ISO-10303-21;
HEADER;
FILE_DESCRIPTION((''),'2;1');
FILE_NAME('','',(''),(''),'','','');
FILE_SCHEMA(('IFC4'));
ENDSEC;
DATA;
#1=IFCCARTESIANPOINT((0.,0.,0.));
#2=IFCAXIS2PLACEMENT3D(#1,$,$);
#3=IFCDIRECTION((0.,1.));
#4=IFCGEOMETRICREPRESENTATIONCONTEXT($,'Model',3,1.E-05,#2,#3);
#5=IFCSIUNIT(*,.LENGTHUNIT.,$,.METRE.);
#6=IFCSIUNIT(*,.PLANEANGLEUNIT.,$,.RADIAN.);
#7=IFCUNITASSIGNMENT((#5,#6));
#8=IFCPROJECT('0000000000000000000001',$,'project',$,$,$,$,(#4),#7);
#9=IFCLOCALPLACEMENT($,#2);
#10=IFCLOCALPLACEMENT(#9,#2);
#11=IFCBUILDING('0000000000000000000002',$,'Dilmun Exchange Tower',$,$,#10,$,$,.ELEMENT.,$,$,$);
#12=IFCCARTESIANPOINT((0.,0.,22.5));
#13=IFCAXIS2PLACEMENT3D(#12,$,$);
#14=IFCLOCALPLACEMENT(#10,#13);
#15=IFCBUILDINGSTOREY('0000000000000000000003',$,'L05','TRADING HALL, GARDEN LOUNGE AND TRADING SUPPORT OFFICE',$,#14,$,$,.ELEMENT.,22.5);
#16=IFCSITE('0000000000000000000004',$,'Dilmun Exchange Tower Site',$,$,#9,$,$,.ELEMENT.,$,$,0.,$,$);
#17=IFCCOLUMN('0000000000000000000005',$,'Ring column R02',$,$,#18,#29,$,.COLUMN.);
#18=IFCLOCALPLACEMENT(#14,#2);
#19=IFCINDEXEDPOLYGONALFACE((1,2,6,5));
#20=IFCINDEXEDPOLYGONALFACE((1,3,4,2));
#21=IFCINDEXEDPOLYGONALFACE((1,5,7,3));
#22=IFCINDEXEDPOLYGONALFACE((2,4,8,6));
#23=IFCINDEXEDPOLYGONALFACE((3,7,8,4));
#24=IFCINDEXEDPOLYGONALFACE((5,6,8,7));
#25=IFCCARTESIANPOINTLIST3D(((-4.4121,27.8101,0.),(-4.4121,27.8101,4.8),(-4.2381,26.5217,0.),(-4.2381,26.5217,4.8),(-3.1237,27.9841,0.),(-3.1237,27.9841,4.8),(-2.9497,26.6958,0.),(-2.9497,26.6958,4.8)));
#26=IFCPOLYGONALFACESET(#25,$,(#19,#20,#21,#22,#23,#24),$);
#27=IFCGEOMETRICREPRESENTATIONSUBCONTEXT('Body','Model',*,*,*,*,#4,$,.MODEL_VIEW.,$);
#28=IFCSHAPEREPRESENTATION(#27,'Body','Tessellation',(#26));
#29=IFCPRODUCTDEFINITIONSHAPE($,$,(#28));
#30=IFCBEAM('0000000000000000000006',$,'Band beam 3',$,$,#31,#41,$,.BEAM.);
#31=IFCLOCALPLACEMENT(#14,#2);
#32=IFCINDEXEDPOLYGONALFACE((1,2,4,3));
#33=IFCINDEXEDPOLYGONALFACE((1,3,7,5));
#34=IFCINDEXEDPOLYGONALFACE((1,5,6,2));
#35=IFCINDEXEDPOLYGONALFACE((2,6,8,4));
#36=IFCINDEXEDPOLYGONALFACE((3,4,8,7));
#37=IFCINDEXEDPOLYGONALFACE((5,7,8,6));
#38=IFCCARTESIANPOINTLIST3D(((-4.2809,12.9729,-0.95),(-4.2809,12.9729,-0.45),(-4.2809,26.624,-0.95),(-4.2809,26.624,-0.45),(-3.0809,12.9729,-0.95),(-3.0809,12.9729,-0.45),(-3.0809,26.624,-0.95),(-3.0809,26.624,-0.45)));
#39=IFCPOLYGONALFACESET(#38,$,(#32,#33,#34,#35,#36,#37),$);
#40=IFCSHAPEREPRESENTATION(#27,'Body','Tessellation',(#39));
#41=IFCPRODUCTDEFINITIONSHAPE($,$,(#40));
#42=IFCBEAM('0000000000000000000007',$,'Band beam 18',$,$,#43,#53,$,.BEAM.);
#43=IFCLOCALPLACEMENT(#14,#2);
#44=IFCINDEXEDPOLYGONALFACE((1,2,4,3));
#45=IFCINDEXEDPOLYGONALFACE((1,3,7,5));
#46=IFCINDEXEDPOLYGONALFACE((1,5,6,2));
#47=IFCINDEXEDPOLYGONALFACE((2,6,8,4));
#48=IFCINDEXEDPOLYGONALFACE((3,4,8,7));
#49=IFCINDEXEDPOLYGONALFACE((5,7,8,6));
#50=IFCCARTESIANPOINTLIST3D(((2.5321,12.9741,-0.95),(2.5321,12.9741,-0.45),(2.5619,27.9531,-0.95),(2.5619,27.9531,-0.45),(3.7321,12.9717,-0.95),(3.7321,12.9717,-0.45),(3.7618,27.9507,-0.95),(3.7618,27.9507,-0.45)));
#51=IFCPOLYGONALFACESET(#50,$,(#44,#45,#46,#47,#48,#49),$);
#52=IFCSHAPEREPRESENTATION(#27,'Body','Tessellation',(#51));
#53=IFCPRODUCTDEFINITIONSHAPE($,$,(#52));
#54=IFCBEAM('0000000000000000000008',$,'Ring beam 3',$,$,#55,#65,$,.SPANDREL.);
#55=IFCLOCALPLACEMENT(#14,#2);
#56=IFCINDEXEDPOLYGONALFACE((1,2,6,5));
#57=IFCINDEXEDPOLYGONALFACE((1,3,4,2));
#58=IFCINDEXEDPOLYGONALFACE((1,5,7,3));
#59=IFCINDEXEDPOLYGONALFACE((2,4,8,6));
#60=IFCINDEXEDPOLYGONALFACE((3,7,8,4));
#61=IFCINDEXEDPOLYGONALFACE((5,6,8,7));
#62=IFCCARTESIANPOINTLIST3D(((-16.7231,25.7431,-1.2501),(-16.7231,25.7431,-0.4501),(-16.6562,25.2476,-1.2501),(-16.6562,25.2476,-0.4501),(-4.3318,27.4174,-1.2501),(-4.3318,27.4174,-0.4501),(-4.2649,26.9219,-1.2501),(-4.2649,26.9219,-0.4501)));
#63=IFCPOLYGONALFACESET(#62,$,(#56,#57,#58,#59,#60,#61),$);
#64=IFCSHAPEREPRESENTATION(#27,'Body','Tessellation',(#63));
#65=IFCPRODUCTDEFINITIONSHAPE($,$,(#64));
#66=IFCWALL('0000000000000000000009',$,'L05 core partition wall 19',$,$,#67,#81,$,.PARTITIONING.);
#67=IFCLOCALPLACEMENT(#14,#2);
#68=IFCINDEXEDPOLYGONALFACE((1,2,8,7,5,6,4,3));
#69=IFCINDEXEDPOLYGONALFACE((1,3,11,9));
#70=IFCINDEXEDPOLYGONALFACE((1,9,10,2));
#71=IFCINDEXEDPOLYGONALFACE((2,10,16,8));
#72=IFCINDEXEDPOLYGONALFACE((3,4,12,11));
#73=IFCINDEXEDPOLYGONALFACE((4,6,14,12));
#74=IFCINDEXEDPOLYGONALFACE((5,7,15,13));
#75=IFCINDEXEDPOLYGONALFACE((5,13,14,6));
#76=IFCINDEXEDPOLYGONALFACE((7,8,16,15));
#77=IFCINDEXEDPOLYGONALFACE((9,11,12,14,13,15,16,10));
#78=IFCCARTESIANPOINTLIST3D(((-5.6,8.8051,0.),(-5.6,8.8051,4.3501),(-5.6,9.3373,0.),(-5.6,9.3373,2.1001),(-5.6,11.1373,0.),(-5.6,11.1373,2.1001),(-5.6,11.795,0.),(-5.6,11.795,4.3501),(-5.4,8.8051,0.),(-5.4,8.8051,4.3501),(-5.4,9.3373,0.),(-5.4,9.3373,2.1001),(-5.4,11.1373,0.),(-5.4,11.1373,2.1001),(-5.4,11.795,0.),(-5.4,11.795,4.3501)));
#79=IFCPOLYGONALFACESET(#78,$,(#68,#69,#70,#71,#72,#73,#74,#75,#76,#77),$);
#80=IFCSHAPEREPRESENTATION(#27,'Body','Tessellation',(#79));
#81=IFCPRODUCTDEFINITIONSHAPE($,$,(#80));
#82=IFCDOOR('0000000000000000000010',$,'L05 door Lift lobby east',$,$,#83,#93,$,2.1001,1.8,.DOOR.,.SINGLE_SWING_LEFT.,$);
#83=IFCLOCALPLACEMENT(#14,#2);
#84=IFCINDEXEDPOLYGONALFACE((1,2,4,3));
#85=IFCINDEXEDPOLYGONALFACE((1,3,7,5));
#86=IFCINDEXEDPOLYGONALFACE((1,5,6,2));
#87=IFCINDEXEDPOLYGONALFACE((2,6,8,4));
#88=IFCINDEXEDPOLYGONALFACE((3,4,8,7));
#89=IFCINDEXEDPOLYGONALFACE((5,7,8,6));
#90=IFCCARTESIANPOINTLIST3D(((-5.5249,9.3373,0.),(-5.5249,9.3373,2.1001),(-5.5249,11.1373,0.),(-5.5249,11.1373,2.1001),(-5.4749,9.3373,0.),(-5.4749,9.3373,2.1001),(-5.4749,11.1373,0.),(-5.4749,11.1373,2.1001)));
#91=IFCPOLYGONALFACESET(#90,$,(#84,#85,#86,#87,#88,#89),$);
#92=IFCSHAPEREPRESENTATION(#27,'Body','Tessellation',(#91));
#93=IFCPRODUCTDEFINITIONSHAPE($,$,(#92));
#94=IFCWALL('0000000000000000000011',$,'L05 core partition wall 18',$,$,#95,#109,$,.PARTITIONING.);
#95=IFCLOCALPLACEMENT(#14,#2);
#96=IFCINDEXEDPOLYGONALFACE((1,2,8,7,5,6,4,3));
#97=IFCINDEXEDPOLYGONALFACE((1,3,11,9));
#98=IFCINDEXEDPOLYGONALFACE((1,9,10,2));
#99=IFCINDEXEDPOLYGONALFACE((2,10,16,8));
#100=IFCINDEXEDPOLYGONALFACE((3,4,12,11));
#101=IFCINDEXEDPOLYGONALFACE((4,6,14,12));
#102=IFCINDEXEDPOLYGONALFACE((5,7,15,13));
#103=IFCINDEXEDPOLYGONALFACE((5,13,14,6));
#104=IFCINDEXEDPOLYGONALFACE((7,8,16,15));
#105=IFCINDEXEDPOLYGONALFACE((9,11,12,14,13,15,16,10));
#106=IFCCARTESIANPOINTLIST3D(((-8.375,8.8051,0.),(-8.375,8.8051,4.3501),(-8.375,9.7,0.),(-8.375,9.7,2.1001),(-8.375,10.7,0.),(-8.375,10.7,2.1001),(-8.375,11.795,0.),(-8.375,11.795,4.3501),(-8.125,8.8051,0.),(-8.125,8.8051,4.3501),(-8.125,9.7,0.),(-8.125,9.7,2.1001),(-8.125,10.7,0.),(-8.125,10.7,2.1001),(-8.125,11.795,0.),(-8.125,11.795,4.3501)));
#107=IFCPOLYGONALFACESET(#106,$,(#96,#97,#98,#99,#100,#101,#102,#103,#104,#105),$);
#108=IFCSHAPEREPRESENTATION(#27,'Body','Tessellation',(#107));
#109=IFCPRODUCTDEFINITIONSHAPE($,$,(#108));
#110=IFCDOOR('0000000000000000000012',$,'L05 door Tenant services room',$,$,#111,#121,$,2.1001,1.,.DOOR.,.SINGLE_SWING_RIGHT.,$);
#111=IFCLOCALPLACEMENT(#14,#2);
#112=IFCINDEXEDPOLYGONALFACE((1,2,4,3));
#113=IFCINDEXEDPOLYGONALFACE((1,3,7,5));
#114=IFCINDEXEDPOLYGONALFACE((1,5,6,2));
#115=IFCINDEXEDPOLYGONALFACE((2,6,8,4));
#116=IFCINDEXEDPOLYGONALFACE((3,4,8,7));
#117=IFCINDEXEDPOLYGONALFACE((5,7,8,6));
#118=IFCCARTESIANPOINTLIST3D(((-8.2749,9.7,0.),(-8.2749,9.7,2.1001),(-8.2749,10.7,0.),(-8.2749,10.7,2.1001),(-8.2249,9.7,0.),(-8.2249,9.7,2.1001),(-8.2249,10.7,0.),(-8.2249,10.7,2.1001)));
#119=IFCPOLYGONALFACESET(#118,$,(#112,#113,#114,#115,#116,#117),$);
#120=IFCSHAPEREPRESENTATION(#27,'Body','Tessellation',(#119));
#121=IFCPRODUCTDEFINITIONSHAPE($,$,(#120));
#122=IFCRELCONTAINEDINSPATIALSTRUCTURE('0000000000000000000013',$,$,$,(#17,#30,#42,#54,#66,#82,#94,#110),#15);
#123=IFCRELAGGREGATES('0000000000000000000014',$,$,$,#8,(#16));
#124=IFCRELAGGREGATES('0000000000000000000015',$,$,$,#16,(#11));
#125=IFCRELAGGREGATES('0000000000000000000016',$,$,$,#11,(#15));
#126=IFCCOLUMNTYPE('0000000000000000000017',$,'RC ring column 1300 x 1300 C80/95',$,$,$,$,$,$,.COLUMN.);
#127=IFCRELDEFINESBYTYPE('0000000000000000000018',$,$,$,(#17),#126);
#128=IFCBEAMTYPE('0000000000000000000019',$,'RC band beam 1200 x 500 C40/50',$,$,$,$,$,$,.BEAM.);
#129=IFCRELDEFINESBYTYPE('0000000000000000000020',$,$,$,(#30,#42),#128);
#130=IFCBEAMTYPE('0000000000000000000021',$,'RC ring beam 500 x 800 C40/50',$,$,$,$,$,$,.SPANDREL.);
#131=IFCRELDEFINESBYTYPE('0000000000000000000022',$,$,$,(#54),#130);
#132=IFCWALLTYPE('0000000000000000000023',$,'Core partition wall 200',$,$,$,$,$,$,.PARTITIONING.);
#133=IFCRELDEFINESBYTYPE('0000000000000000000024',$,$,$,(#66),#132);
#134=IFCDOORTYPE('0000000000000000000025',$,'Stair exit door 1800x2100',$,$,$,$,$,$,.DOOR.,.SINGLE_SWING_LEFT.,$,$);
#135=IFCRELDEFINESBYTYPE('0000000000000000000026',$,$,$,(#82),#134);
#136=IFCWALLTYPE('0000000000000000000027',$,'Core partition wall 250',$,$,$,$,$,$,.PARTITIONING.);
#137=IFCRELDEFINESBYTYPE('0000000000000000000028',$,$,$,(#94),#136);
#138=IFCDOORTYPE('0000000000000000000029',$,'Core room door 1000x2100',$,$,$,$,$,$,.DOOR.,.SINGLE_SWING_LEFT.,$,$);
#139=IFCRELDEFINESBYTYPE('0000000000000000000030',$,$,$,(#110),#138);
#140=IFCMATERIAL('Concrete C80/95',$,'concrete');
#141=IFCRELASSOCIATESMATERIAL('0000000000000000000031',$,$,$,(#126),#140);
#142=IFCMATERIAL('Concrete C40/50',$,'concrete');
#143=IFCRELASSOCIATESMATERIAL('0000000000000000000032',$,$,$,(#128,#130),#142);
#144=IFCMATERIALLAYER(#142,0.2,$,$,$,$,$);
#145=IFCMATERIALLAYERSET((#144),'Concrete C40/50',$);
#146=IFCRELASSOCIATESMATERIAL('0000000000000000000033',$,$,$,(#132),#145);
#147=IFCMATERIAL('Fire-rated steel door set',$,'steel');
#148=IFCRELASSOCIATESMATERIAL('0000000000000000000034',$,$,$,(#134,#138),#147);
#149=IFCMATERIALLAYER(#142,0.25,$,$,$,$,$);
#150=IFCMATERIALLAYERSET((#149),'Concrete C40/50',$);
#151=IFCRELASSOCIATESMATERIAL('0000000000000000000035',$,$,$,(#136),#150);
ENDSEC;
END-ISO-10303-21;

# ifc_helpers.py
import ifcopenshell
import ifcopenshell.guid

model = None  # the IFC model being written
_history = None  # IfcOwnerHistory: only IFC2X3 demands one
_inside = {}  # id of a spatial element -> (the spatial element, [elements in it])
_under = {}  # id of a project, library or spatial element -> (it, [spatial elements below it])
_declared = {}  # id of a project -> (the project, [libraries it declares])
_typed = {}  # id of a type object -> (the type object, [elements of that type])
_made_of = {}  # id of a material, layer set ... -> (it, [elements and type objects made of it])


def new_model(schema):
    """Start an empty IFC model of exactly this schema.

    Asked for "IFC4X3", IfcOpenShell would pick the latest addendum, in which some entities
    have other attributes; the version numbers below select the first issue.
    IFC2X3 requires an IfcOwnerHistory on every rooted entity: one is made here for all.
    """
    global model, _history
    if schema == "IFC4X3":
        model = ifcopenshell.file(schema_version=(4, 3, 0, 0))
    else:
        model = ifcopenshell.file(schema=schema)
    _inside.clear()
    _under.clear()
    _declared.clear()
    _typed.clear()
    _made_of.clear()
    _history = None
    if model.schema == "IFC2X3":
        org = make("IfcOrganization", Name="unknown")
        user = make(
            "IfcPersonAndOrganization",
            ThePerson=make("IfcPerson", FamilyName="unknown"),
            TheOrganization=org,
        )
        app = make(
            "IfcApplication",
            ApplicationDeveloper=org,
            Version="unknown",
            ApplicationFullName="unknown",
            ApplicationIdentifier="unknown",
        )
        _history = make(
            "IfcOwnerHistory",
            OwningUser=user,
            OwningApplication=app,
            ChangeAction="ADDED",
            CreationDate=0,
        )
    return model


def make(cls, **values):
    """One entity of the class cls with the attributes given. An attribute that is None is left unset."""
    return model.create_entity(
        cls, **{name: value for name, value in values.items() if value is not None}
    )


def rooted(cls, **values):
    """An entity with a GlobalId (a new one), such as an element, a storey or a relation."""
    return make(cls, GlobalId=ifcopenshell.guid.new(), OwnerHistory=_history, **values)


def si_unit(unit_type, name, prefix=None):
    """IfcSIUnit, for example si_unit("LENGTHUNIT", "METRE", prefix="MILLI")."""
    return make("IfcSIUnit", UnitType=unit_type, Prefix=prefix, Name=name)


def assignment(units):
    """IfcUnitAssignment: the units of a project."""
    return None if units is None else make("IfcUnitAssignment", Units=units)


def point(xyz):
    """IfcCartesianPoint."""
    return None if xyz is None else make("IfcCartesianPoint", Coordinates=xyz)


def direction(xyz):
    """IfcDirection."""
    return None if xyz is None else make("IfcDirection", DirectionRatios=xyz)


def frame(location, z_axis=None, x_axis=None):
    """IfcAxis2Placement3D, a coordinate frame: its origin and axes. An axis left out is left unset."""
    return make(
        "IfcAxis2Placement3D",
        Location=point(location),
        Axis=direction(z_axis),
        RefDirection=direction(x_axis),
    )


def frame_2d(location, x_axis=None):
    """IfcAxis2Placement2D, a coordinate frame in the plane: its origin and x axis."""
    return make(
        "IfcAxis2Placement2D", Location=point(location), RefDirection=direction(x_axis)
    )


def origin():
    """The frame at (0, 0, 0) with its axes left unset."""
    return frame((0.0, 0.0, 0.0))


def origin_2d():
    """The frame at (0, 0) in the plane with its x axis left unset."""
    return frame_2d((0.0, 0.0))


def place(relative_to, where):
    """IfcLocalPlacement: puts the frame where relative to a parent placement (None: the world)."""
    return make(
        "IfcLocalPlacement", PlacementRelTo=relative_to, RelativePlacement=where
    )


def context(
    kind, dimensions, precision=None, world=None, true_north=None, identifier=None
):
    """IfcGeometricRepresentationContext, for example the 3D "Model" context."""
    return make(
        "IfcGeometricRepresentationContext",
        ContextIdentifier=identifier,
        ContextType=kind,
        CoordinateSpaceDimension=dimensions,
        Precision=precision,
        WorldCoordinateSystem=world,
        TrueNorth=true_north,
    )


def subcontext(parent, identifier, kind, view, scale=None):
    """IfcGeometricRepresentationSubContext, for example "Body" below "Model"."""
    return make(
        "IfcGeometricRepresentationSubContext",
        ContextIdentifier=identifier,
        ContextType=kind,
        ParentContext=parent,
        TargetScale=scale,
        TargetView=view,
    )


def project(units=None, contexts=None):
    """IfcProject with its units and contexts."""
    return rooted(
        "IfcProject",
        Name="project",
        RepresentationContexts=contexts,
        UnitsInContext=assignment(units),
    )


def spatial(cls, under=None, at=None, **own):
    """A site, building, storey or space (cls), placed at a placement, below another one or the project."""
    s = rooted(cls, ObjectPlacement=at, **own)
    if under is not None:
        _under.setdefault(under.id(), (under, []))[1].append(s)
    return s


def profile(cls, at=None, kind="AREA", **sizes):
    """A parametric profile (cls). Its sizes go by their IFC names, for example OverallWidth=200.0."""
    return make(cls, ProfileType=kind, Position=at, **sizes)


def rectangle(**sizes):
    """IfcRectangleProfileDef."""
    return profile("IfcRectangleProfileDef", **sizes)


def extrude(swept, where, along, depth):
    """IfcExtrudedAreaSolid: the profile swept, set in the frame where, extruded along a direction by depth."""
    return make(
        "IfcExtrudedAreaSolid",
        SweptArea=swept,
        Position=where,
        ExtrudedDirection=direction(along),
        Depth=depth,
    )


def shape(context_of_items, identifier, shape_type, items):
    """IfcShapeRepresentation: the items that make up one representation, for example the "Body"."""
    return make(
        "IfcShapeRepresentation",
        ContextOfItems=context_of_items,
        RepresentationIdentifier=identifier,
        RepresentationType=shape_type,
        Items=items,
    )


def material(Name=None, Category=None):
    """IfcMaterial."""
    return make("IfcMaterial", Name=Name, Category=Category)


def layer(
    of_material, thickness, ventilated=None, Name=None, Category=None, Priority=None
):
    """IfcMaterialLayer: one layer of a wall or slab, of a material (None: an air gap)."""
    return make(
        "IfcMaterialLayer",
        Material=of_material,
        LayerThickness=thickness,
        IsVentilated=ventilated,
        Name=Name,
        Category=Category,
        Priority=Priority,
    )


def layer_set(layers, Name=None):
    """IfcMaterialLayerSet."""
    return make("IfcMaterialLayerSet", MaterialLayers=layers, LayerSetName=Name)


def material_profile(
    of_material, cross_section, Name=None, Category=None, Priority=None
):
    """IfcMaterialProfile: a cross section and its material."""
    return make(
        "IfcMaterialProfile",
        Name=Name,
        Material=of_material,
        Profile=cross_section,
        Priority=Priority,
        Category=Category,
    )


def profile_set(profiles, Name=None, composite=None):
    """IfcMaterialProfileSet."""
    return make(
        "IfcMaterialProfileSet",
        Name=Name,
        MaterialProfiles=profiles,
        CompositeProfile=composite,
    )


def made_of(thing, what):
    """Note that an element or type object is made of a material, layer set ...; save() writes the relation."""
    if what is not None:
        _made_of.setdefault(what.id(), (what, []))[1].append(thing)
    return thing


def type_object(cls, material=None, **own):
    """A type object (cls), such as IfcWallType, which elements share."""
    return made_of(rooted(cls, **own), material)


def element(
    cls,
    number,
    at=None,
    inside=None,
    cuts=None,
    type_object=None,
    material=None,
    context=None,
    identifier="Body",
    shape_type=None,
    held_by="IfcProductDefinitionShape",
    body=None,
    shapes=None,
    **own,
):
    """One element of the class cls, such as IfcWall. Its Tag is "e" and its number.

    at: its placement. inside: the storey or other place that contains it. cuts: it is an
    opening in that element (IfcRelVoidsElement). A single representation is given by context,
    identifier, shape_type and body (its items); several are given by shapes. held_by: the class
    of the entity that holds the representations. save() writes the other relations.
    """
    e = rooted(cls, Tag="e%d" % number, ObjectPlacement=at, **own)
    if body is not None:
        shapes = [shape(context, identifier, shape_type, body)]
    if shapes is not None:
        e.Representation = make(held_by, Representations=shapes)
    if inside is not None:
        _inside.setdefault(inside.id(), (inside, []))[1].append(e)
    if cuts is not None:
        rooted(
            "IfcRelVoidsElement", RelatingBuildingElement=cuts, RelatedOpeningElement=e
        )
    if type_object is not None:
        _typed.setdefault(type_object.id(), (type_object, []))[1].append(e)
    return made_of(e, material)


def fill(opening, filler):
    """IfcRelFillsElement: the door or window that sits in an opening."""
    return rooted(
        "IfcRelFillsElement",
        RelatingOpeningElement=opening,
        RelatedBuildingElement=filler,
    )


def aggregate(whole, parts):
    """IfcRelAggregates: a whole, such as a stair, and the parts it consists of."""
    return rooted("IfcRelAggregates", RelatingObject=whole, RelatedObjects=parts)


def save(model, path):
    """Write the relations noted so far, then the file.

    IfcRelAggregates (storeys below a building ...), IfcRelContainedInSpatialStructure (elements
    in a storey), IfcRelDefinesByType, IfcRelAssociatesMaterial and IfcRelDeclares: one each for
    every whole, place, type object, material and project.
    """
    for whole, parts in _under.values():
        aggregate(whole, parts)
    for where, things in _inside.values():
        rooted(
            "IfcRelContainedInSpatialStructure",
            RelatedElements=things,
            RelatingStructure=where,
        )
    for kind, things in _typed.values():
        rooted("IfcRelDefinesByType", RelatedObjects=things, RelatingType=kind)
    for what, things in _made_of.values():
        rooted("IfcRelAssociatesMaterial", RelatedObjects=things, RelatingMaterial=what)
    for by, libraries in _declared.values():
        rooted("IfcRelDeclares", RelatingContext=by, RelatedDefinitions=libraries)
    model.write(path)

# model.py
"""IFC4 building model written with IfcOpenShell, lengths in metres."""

from ifc_helpers import new_model, si_unit, direction, frame, frame_2d, origin, origin_2d, place, context, subcontext, project, spatial, rectangle, extrude, material, layer, layer_set, material_profile, profile_set, type_object, element, fill, save


model = new_model("IFC4")

# Units and contexts
model_context = context("Model", 3, precision=1e-05, world=origin(), true_north=direction((0.0, 1.0)))
body_context = subcontext(model_context, "Body", "Model", "MODEL_VIEW")
ifc_project = project(units=[si_unit("LENGTHUNIT", "METRE"), si_unit("PLANEANGLEUNIT", "RADIAN")], contexts=[model_context])

# Site, building, storey
site_placement = place(None, origin())
site = spatial("IfcSite", under=ifc_project, at=site_placement, Name="Dilmun Exchange Tower Site", CompositionType="ELEMENT", RefElevation=0.0)
building_placement = place(site_placement, origin())
building = spatial("IfcBuilding", under=site, at=building_placement, Name="Dilmun Exchange Tower", CompositionType="ELEMENT")
storey_placement = place(building_placement, frame((0.0, 0.0, 22.5)))
storey = spatial("IfcBuildingStorey", under=building, at=storey_placement, Name="L05", Description="TRADING HALL, GARDEN LOUNGE AND TRADING SUPPORT OFFICE", CompositionType="ELEMENT", Elevation=22.5)

# Column
ifc_material_1 = material(Name="Concrete C80/95", Category="concrete")
ifc_material_profile_1 = material_profile(ifc_material_1, rectangle(XDim=1.3, YDim=1.3, at=origin_2d()), Name="1300 x 1300")
ifc_profile_set_1 = profile_set([ifc_material_profile_1], Name="Concrete C80/95")
column_type = type_object("IfcColumnType", Name="RC ring column 1300 x 1300 C80/95", PredefinedType="COLUMN", material=ifc_profile_set_1)
column_placement = place(storey_placement, frame((-3.6809, 27.2529, 0.0), z_axis=(0.0, 0.0, 1.0), x_axis=(0.991001, 0.133853, 0.0)))
element("IfcColumn", 1, at=column_placement, inside=storey, type_object=column_type, Name="Ring column R02", PredefinedType="COLUMN", context=body_context, shape_type="SweptSolid", body=[
    extrude(rectangle(XDim=1.3, YDim=1.3, at=origin_2d()), origin(), (0.0, 0.0, 1.0), 4.8),
])

# Beams
ifc_material_2 = material(Name="Concrete C40/50", Category="concrete")
ifc_material_profile_2 = material_profile(ifc_material_2, rectangle(XDim=1.2, YDim=0.5, at=origin_2d()), Name="1200 x 500")
ifc_profile_set_2 = profile_set([ifc_material_profile_2], Name="Concrete C40/50")
beam_type_1 = type_object("IfcBeamType", Name="RC band beam 1200 x 500 C40/50", PredefinedType="BEAM", material=ifc_profile_set_2)
beam_1_placement = place(storey_placement, frame((-3.6809, 26.624, -0.7), z_axis=(0.0, -1.0, 0.0), x_axis=(1.0, 0.0, 0.0)))
element("IfcBeam", 2, at=beam_1_placement, inside=storey, type_object=beam_type_1, Name="Band beam 3", PredefinedType="BEAM", context=body_context, shape_type="SweptSolid", body=[
    extrude(rectangle(XDim=1.2, YDim=0.5, at=origin_2d()), origin(), (0.0, 0.0, 1.0), 13.6511),
])
beam_2_placement = place(storey_placement, frame((3.1619, 27.9519, -0.7), z_axis=(-0.001988, -0.999998, 0.0), x_axis=(0.999998, -0.001988, 0.0)))
element("IfcBeam", 3, at=beam_2_placement, inside=storey, type_object=beam_type_1, Name="Band beam 18", PredefinedType="BEAM", context=body_context, shape_type="SweptSolid", body=[
    extrude(rectangle(XDim=1.2, YDim=0.5, at=origin_2d()), origin(), (0.0, 0.0, 1.0), 14.979),
])
ifc_material_profile_3 = material_profile(ifc_material_2, rectangle(XDim=0.5, YDim=0.8, at=origin_2d()), Name="500 x 800")
ifc_profile_set_3 = profile_set([ifc_material_profile_3], Name="Concrete C40/50")
beam_type_2 = type_object("IfcBeamType", Name="RC ring beam 500 x 800 C40/50", PredefinedType="SPANDREL", material=ifc_profile_set_3)
beam_3_placement = place(storey_placement, frame((-4.2983, 27.1697, -0.8501), z_axis=(-0.990994, -0.133903, 0.0), x_axis=(0.133903, -0.990994, 0.0)))
element("IfcBeam", 4, at=beam_3_placement, inside=storey, type_object=beam_type_2, Name="Ring beam 3", PredefinedType="SPANDREL", context=body_context, shape_type="SweptSolid", body=[
    extrude(rectangle(XDim=0.5, YDim=0.8, at=origin_2d()), origin(), (0.0, 0.0, 1.0), 12.5039),
])

# Walls, openings, doors
ifc_layer_1 = layer(ifc_material_2, 0.2)
ifc_layer_set_1 = layer_set([ifc_layer_1], Name="Concrete C40/50")
wall_type_1 = type_object("IfcWallType", Name="Core partition wall 200", PredefinedType="PARTITIONING", material=ifc_layer_set_1)
wall_1_placement = place(storey_placement, frame((-5.5, 8.8049, 0.0), z_axis=(0.0, 0.0, 1.0), x_axis=(0.0, 1.0, 0.0)))
wall_1 = element("IfcWall", 5, at=wall_1_placement, inside=storey, type_object=wall_type_1, Name="L05 core partition wall 19", PredefinedType="PARTITIONING", context=body_context, shape_type="SweptSolid", body=[
    extrude(rectangle(XDim=2.99, YDim=0.2, at=frame_2d((1.4951, 0.0))), origin(), (0.0, 0.0, 1.0), 4.3501),
])
opening_1_placement = place(wall_1_placement, frame((0.5325, 0.0, 0.0)))
opening_1 = element("IfcOpeningElement", 6, at=opening_1_placement, cuts=wall_1, PredefinedType="OPENING", context=body_context, shape_type="SweptSolid", body=[
    extrude(rectangle(XDim=1.8, YDim=2.1001, at=frame_2d((0.8999, 1.05))), frame((0.0, 0.1099, 0.0), z_axis=(0.0, -1.0, 0.0), x_axis=(1.0, 0.0, 0.0)), (0.0, 0.0, 1.0), 0.22),
])
ifc_material_3 = material(Name="Fire-rated steel door set", Category="steel")
door_type_1 = type_object("IfcDoorType", Name="Stair exit door 1800x2100", OperationType="SINGLE_SWING_LEFT", PredefinedType="DOOR", material=ifc_material_3)
door_1_placement = place(opening_1_placement, origin())
door_1 = element("IfcDoor", 7, at=door_1_placement, inside=storey, type_object=door_type_1, Name="L05 door Lift lobby east", OperationType="SINGLE_SWING_LEFT", OverallHeight=2.1001, OverallWidth=1.8, PredefinedType="DOOR", context=body_context, shape_type="SweptSolid", body=[
    extrude(rectangle(XDim=1.8, YDim=2.1001, at=frame_2d((0.8999, 1.05))), frame((0.0, 0.0249, 0.0), z_axis=(0.0, -1.0, 0.0), x_axis=(1.0, 0.0, 0.0)), (0.0, 0.0, 1.0), 0.05),
])
fill(opening_1, door_1)
ifc_layer_2 = layer(ifc_material_2, 0.25)
ifc_layer_set_2 = layer_set([ifc_layer_2], Name="Concrete C40/50")
wall_type_2 = type_object("IfcWallType", Name="Core partition wall 250", PredefinedType="PARTITIONING", material=ifc_layer_set_2)
wall_2_placement = place(storey_placement, frame((-8.25, 8.8049, 0.0), z_axis=(0.0, 0.0, 1.0), x_axis=(0.0, 1.0, 0.0)))
wall_2 = element("IfcWall", 8, at=wall_2_placement, inside=storey, type_object=wall_type_2, Name="L05 core partition wall 18", PredefinedType="PARTITIONING", context=body_context, shape_type="SweptSolid", body=[
    extrude(rectangle(XDim=2.99, YDim=0.25, at=frame_2d((1.4951, 0.0))), origin(), (0.0, 0.0, 1.0), 4.3501),
])
opening_2_placement = place(wall_2_placement, frame((0.895, 0.0, 0.0)))
opening_2 = element("IfcOpeningElement", 9, at=opening_2_placement, cuts=wall_2, PredefinedType="OPENING", context=body_context, shape_type="SweptSolid", body=[
    extrude(rectangle(XDim=1.0, YDim=2.1001, at=frame_2d((0.5, 1.05))), frame((0.0, 0.135, 0.0), z_axis=(0.0, -1.0, 0.0), x_axis=(1.0, 0.0, 0.0)), (0.0, 0.0, 1.0), 0.27),
])
door_type_2 = type_object("IfcDoorType", Name="Core room door 1000x2100", OperationType="SINGLE_SWING_LEFT", PredefinedType="DOOR", material=ifc_material_3)
door_2_placement = place(opening_2_placement, origin())
door_2 = element("IfcDoor", 10, at=door_2_placement, inside=storey, type_object=door_type_2, Name="L05 door Tenant services room", OperationType="SINGLE_SWING_RIGHT", OverallHeight=2.1001, OverallWidth=1.0, PredefinedType="DOOR", context=body_context, shape_type="SweptSolid", body=[
    extrude(rectangle(XDim=1.0, YDim=2.1001, at=frame_2d((0.5, 1.05))), frame((0.0, 0.0249, 0.0), z_axis=(0.0, -1.0, 0.0), x_axis=(1.0, 0.0, 0.0)), (0.0, 0.0, 1.0), 0.05),
])
fill(opening_2, door_2)

save(model, "model.ifc")
